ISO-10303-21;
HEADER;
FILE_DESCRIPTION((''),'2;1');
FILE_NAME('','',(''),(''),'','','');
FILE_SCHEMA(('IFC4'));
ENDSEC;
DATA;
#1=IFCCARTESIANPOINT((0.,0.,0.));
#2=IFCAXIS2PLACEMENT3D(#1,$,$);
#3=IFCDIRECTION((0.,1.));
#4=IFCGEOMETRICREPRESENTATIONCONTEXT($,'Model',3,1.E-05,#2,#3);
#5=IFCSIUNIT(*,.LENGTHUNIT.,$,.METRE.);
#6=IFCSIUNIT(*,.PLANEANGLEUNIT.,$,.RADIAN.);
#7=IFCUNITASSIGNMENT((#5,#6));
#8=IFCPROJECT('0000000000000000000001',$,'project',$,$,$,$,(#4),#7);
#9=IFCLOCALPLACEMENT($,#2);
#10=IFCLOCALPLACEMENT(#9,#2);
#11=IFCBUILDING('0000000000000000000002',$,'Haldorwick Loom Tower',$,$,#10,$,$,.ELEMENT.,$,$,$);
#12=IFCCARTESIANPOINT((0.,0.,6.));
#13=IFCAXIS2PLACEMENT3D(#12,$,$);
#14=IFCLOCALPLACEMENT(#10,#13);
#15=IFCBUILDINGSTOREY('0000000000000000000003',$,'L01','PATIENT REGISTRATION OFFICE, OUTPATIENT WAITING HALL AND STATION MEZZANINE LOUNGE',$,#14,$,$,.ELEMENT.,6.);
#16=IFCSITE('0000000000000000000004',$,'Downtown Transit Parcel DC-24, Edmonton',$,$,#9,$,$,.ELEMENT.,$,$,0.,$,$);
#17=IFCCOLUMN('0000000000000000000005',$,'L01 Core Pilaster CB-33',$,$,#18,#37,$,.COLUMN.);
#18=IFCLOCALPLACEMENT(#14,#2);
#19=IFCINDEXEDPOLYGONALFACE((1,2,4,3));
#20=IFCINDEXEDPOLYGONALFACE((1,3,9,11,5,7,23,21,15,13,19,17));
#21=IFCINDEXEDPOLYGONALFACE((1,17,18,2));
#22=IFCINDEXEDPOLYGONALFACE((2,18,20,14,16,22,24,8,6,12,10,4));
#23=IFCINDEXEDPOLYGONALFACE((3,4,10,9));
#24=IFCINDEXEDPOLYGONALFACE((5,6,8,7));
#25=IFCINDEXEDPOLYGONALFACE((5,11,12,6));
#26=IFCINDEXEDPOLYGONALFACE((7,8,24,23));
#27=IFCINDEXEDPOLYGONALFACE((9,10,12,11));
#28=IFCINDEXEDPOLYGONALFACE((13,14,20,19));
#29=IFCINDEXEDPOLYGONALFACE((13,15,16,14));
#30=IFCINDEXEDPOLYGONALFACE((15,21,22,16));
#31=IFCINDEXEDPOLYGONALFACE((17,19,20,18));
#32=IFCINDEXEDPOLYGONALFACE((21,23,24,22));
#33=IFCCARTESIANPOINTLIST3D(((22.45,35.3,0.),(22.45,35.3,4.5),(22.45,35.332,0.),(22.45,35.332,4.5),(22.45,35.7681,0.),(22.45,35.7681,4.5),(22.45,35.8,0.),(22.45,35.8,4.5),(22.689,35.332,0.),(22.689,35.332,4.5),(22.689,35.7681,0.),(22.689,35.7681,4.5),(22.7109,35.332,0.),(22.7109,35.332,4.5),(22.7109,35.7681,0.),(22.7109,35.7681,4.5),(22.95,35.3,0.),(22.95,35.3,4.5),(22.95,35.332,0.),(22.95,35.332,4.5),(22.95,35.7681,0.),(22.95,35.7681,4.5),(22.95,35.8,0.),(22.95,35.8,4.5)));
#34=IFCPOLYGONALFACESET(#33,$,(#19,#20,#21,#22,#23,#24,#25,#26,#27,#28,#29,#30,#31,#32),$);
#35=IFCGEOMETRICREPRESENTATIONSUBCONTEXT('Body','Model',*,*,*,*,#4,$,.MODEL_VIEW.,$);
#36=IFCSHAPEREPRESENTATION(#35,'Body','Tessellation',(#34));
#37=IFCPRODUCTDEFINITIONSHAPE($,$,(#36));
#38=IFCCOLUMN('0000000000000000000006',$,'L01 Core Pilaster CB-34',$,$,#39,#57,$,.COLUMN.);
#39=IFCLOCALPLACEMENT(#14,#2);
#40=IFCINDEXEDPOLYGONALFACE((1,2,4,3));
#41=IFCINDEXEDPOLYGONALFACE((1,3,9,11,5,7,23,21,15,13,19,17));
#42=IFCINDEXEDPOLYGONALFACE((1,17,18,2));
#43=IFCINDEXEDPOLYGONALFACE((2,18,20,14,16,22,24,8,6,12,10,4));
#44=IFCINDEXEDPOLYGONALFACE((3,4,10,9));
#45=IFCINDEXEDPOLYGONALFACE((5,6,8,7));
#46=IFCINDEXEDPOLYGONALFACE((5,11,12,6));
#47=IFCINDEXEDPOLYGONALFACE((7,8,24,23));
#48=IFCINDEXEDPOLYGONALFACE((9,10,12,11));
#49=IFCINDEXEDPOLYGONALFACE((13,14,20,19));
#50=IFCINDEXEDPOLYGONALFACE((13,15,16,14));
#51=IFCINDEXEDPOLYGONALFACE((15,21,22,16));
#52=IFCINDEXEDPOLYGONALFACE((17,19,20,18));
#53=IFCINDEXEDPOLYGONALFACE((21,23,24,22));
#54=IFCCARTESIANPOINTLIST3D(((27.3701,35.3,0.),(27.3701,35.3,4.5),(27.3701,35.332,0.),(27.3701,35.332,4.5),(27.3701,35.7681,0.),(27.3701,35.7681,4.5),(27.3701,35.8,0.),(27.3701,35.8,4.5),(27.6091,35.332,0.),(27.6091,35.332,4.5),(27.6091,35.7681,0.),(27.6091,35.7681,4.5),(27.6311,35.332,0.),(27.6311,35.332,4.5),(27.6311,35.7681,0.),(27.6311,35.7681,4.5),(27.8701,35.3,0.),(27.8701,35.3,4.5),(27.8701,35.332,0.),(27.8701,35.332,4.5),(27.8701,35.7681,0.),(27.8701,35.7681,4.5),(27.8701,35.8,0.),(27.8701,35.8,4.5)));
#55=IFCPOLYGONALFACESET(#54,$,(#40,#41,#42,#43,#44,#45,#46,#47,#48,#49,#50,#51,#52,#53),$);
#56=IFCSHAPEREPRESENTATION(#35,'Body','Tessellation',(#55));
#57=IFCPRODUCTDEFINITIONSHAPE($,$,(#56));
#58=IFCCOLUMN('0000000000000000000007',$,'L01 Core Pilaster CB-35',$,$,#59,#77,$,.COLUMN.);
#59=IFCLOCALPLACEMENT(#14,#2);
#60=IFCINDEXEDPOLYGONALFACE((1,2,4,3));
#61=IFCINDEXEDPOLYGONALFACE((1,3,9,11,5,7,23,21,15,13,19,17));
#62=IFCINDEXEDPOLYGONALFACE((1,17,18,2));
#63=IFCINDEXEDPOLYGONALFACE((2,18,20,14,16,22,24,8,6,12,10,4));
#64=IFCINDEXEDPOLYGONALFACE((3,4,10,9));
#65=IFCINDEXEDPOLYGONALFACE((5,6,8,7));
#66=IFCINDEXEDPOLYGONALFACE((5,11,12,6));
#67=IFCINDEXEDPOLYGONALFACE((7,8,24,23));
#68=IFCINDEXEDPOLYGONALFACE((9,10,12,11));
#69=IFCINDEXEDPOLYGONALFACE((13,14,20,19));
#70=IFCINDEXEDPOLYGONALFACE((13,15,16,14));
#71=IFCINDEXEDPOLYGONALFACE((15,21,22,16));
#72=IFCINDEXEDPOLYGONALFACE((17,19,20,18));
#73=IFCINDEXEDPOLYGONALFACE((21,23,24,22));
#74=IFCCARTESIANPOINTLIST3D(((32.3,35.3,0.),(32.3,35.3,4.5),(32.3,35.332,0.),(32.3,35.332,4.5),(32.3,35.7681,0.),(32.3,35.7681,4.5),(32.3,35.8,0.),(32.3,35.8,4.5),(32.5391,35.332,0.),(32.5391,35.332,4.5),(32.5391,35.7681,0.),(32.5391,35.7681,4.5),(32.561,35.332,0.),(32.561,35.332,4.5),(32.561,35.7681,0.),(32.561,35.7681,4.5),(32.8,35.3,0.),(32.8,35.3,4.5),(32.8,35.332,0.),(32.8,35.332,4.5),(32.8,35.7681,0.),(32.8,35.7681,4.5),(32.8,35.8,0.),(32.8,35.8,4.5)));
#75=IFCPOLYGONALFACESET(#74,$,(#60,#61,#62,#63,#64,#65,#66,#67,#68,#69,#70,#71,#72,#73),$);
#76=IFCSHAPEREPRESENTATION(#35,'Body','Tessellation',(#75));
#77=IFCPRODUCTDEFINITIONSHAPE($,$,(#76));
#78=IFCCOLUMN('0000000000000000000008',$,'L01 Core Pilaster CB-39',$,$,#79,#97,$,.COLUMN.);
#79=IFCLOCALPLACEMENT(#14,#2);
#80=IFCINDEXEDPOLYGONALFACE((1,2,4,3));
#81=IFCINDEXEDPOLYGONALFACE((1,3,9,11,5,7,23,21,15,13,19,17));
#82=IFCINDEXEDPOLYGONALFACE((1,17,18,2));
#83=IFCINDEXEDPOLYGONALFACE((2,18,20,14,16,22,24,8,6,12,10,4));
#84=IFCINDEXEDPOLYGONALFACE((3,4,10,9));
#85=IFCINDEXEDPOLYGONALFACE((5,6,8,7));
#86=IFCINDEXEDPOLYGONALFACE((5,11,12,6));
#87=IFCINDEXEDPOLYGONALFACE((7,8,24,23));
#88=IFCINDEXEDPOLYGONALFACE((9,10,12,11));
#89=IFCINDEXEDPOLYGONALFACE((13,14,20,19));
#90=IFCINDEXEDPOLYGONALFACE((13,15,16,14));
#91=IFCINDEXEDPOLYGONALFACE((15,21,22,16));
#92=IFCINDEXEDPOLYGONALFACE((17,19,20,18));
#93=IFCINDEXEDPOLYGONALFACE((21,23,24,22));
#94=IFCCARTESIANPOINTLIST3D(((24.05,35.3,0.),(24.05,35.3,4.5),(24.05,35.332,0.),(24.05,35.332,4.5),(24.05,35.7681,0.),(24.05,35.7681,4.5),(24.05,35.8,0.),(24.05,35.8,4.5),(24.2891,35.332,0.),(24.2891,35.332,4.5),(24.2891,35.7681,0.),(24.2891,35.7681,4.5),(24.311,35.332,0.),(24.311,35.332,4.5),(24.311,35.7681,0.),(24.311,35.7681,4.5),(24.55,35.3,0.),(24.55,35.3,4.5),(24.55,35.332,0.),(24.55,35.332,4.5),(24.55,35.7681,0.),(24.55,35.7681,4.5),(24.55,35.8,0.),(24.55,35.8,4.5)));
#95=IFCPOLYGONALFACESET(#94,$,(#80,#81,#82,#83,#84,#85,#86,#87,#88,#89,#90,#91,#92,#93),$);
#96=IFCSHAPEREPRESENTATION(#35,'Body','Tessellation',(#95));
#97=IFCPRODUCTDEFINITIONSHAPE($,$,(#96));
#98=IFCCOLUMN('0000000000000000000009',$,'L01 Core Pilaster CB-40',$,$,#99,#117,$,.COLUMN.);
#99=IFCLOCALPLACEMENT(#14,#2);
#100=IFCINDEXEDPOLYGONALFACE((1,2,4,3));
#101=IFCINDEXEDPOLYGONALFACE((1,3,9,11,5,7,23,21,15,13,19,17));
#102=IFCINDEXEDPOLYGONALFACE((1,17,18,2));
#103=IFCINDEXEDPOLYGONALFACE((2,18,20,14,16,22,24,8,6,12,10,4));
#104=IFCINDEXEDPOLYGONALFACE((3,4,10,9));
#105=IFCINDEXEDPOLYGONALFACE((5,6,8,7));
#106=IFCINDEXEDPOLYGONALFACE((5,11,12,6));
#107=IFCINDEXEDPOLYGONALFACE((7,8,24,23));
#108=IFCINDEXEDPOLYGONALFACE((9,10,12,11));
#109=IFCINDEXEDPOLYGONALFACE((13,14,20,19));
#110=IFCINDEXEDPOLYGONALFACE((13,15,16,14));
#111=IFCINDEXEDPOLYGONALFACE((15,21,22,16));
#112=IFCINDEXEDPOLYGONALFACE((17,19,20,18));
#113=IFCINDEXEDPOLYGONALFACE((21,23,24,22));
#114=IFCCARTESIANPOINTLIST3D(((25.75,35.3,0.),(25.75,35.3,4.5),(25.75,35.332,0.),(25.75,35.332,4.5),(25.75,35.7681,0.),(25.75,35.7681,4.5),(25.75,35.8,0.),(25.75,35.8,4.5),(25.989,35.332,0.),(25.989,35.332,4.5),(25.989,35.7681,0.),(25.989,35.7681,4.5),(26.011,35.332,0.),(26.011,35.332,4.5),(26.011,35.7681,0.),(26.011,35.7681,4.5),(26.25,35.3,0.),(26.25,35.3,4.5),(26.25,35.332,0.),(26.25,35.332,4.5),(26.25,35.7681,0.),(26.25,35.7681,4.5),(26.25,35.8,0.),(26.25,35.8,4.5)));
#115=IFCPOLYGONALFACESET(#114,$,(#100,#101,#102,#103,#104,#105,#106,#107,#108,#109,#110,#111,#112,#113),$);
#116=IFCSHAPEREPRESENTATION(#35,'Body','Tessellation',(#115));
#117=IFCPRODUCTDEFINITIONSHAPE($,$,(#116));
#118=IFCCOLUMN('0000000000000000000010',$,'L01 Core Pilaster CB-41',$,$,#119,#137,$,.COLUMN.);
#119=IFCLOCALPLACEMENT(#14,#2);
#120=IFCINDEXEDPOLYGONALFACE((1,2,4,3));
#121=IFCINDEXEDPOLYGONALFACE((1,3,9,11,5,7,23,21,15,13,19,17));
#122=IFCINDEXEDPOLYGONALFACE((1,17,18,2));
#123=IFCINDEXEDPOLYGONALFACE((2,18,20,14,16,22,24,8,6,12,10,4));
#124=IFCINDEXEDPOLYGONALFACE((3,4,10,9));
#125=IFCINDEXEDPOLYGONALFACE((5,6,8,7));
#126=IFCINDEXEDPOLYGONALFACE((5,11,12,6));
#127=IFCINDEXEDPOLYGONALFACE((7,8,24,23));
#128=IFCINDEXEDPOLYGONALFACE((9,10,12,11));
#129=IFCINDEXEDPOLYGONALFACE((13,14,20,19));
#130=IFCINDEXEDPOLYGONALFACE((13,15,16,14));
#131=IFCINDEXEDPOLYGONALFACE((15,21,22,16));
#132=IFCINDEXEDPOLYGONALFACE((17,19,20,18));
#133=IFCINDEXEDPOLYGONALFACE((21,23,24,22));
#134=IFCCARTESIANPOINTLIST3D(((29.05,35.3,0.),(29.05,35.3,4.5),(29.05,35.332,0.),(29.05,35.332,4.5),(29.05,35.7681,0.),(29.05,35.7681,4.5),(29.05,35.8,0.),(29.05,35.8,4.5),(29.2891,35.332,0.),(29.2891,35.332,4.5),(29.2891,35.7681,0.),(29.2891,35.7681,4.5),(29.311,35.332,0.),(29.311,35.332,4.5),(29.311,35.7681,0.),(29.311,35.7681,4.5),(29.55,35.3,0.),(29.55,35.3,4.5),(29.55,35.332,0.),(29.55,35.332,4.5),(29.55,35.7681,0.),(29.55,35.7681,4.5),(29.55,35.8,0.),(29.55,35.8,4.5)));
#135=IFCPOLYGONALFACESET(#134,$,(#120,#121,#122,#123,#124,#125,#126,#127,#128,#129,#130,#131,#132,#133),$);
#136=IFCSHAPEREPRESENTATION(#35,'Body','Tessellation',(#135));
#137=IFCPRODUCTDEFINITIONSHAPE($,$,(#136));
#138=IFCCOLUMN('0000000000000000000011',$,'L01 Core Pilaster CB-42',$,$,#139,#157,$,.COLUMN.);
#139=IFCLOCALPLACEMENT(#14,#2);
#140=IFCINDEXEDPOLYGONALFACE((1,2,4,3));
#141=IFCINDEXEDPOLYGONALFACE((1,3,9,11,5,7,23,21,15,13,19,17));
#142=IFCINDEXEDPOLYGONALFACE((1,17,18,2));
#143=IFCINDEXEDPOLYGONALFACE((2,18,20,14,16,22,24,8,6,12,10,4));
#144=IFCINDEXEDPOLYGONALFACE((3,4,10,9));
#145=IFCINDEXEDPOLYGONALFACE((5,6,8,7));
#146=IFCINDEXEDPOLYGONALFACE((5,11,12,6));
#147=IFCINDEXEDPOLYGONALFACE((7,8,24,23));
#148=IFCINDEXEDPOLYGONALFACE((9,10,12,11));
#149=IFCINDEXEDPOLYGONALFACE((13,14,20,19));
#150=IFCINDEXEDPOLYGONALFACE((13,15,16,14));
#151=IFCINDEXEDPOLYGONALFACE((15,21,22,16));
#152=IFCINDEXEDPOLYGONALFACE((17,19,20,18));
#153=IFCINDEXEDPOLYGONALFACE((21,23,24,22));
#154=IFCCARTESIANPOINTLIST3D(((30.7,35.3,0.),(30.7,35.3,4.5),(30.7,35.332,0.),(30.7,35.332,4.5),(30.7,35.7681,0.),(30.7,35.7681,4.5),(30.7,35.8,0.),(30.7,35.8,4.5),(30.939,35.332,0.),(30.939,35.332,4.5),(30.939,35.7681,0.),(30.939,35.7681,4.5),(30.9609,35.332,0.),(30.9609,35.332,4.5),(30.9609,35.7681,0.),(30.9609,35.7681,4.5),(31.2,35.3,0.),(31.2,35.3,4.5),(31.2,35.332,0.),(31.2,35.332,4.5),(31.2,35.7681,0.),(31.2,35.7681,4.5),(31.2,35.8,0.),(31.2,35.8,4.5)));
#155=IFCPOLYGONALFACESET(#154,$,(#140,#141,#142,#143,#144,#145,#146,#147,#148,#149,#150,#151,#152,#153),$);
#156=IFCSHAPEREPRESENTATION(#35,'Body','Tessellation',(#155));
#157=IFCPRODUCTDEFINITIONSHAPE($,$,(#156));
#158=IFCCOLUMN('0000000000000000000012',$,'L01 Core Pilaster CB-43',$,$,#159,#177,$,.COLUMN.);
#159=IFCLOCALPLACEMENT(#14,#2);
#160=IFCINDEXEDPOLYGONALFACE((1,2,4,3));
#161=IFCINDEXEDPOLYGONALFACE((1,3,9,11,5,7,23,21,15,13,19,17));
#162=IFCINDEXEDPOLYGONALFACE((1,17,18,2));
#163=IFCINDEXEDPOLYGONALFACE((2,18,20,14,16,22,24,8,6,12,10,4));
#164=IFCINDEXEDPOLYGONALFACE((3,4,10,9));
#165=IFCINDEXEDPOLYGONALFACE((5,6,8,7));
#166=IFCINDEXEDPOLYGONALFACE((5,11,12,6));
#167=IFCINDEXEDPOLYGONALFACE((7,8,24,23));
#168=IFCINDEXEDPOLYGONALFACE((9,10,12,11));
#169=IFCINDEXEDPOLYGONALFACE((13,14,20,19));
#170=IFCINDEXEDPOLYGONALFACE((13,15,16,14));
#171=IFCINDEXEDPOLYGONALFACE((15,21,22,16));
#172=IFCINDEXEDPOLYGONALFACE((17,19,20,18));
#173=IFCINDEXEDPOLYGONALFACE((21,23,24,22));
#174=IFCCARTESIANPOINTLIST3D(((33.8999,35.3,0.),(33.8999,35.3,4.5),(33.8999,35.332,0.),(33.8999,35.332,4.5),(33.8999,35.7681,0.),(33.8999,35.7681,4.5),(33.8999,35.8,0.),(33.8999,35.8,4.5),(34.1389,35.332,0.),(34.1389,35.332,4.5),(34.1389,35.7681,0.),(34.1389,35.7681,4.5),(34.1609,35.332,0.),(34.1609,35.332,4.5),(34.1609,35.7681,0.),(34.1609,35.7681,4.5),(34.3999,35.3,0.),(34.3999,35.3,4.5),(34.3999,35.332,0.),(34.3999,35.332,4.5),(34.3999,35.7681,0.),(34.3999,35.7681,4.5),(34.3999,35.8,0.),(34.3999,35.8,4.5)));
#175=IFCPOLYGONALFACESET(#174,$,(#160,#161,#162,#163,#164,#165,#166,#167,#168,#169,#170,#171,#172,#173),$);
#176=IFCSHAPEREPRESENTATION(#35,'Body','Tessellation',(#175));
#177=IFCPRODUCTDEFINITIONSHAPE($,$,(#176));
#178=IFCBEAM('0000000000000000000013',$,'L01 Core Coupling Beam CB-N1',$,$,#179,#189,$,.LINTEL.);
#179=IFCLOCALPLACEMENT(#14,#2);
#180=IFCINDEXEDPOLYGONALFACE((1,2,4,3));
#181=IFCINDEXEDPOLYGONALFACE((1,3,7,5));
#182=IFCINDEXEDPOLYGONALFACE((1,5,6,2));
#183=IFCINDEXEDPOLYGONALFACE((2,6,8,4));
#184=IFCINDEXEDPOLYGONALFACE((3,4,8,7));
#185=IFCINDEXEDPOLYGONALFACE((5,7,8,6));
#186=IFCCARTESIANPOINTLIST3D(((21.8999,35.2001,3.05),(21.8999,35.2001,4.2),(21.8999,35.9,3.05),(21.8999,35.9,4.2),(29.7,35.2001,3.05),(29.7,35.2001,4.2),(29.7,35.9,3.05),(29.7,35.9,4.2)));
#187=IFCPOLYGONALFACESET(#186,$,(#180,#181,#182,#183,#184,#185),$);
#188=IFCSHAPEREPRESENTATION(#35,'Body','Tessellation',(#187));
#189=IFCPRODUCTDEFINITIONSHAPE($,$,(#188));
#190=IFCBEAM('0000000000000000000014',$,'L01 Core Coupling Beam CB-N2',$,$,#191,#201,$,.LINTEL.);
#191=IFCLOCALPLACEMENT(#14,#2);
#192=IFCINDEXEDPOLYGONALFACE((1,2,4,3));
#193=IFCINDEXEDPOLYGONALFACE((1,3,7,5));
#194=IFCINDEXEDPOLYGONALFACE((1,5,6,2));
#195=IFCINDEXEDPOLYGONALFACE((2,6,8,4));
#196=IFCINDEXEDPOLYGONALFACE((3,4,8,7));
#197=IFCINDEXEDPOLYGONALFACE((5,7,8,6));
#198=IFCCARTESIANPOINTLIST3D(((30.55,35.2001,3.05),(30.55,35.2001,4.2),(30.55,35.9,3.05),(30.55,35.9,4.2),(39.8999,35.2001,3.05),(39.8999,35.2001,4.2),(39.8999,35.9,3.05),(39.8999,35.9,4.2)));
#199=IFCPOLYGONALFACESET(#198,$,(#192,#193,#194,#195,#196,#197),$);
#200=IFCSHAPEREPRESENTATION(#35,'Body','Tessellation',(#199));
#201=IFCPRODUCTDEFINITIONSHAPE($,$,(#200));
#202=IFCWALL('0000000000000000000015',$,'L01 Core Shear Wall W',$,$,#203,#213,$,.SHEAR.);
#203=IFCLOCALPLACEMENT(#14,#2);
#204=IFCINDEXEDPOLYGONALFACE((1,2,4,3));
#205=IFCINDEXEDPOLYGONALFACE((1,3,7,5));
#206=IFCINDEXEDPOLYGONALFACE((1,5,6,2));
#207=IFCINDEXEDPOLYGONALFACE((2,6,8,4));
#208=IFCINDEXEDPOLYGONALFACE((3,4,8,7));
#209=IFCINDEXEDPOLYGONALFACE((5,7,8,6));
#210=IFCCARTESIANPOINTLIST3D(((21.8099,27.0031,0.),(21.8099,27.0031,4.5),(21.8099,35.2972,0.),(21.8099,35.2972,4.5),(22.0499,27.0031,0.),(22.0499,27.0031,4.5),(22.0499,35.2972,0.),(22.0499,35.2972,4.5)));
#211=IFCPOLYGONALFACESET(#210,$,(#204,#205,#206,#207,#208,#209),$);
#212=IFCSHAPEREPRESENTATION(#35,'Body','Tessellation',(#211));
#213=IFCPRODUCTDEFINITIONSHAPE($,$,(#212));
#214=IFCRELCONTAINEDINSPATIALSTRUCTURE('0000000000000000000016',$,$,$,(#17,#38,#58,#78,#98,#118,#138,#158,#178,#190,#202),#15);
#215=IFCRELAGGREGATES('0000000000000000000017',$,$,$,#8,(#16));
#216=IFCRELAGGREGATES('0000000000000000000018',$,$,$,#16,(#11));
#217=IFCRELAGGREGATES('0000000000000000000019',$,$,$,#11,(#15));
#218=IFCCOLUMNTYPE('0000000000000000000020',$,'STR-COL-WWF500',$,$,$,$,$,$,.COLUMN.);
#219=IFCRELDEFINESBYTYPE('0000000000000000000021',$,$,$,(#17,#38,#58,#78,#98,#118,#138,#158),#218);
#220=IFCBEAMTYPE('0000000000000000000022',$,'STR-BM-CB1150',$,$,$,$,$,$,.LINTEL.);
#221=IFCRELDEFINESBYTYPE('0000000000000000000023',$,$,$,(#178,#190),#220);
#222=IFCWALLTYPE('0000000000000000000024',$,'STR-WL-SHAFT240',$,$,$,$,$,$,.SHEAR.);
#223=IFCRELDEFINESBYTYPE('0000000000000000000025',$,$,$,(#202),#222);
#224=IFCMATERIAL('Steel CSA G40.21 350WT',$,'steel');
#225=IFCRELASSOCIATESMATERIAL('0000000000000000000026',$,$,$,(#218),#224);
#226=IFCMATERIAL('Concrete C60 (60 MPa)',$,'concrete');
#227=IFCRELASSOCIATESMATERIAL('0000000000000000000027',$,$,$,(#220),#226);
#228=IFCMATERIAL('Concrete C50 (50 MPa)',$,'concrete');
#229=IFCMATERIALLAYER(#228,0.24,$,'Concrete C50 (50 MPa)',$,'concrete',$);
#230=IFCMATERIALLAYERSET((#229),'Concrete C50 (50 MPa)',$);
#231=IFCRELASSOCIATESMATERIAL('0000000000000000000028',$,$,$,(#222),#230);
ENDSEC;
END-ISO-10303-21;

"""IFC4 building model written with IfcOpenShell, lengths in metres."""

from ifc_helpers import new_model, si_unit, direction, frame, frame_2d, origin, origin_2d, place, context, subcontext, project, spatial, rectangle, i_section, extrude, material, layer, layer_set, material_profile, profile_set, type_object, element, save


model = new_model("IFC4")

# Units and contexts
model_context = context("Model", 3, precision=1e-05, world=origin(), true_north=direction((0.0, 1.0)))
body_context = subcontext(model_context, "Body", "Model", "MODEL_VIEW")
ifc_project = project(units=[si_unit("LENGTHUNIT", "METRE"), si_unit("PLANEANGLEUNIT", "RADIAN")], contexts=[model_context])

# Site, building, storey
site_placement = place(None, origin())
site = spatial("IfcSite", under=ifc_project, at=site_placement, Name="Downtown Transit Parcel DC-24, Edmonton", CompositionType="ELEMENT", RefElevation=0.0)
building_placement = place(site_placement, origin())
building = spatial("IfcBuilding", under=site, at=building_placement, Name="Haldorwick Loom Tower", CompositionType="ELEMENT")
storey_placement = place(building_placement, frame((0.0, 0.0, 6.0)))
storey = spatial("IfcBuildingStorey", under=building, at=storey_placement, Name="L01", Description="PATIENT REGISTRATION OFFICE, OUTPATIENT WAITING HALL AND STATION MEZZANINE LOUNGE", CompositionType="ELEMENT", Elevation=6.0)

# Columns
ifc_material_1 = material(Name="Steel CSA G40.21 350WT", Category="steel")
ifc_material_profile_1 = material_profile(ifc_material_1, i_section(OverallWidth=0.5, OverallDepth=0.5, WebThickness=0.022, FlangeThickness=0.032, at=origin_2d()), Name="WWF500X500", Category="steel")
ifc_profile_set_1 = profile_set([ifc_material_profile_1], Name="Steel CSA G40.21 350WT")
column_type = type_object("IfcColumnType", Name="STR-COL-WWF500", PredefinedType="COLUMN", material=ifc_profile_set_1)
for number, where, z_axis, x_axis, name in (
    (1, (22.7, 35.55, 0.0), (0.0, 0.0, 1.0), (1.0, 0.0, 0.0), "L01 Core Pilaster CB-33"),
    (2, (27.6201, 35.55, 0.0), (0.0, 0.0, 1.0), (1.0, 0.0, 0.0), "L01 Core Pilaster CB-34"),
    (3, (32.55, 35.55, 0.0), (0.0, 0.0, 1.0), (1.0, 0.0, 0.0), "L01 Core Pilaster CB-35"),
    (4, (24.3, 35.55, 0.0), (0.0, 0.0, 1.0), (1.0, 0.0, 0.0), "L01 Core Pilaster CB-39"),
    (5, (26.0, 35.55, 0.0), (0.0, 0.0, 1.0), (1.0, 0.0, 0.0), "L01 Core Pilaster CB-40"),
    (6, (29.3, 35.55, 0.0), (0.0, 0.0, 1.0), (1.0, 0.0, 0.0), "L01 Core Pilaster CB-41"),
    (7, (30.95, 35.55, 0.0), (0.0, 0.0, 1.0), (1.0, 0.0, 0.0), "L01 Core Pilaster CB-42"),
    (8, (34.1499, 35.55, 0.0), (0.0, 0.0, 1.0), (1.0, 0.0, 0.0), "L01 Core Pilaster CB-43"),
):
    element("IfcColumn", number, at=place(storey_placement, frame(where, z_axis=z_axis, x_axis=x_axis)), inside=storey, type_object=column_type, Name=name, PredefinedType="COLUMN", context=body_context, shape_type="SweptSolid", body=[
        extrude(i_section(OverallWidth=0.5, OverallDepth=0.5, WebThickness=0.022, FlangeThickness=0.032, at=origin_2d()), origin(), (0.0, 0.0, 1.0), 4.5),
    ])

# Beams
ifc_material_2 = material(Name="Concrete C60 (60 MPa)", Category="concrete")
ifc_material_profile_2 = material_profile(ifc_material_2, rectangle(XDim=0.7, YDim=1.1499, at=origin_2d()), Name="RC700X1150", Category="concrete")
ifc_profile_set_2 = profile_set([ifc_material_profile_2], Name="Concrete C60 (60 MPa)")
beam_type = type_object("IfcBeamType", Name="STR-BM-CB1150", PredefinedType="LINTEL", material=ifc_profile_set_2)
beam_1_placement = place(storey_placement, frame((21.8999, 35.55, 3.625), z_axis=(1.0, 0.0, 0.0), x_axis=(0.0, 1.0, 0.0)))
element("IfcBeam", 9, at=beam_1_placement, inside=storey, type_object=beam_type, Name="L01 Core Coupling Beam CB-N1", PredefinedType="LINTEL", context=body_context, shape_type="SweptSolid", body=[
    extrude(rectangle(XDim=0.7, YDim=1.1499, at=origin_2d()), origin(), (0.0, 0.0, 1.0), 7.8),
])
beam_2_placement = place(storey_placement, frame((30.55, 35.55, 3.625), z_axis=(1.0, 0.0, 0.0), x_axis=(0.0, 1.0, 0.0)))
element("IfcBeam", 10, at=beam_2_placement, inside=storey, type_object=beam_type, Name="L01 Core Coupling Beam CB-N2", PredefinedType="LINTEL", context=body_context, shape_type="SweptSolid", body=[
    extrude(rectangle(XDim=0.7, YDim=1.1499, at=origin_2d()), origin(), (0.0, 0.0, 1.0), 9.3499),
])

# Wall
ifc_material_3 = material(Name="Concrete C50 (50 MPa)", Category="concrete")
ifc_layer = layer(ifc_material_3, 0.24, Name="Concrete C50 (50 MPa)", Category="concrete")
ifc_layer_set = layer_set([ifc_layer], Name="Concrete C50 (50 MPa)")
wall_type = type_object("IfcWallType", Name="STR-WL-SHAFT240", PredefinedType="SHEAR", material=ifc_layer_set)
wall_1_placement = place(storey_placement, frame((21.9299, 35.2971, 0.0), z_axis=(0.0, 0.0, 1.0), x_axis=(0.0, -1.0, 0.0)))
element("IfcWall", 11, at=wall_1_placement, inside=storey, type_object=wall_type, Name="L01 Core Shear Wall W", PredefinedType="SHEAR", context=body_context, shape_type="SweptSolid", body=[
    extrude(rectangle(XDim=8.2942, YDim=0.24, at=frame_2d((4.147, 0.0))), origin(), (0.0, 0.0, 1.0), 4.5),
])

save(model, "model.ifc")
